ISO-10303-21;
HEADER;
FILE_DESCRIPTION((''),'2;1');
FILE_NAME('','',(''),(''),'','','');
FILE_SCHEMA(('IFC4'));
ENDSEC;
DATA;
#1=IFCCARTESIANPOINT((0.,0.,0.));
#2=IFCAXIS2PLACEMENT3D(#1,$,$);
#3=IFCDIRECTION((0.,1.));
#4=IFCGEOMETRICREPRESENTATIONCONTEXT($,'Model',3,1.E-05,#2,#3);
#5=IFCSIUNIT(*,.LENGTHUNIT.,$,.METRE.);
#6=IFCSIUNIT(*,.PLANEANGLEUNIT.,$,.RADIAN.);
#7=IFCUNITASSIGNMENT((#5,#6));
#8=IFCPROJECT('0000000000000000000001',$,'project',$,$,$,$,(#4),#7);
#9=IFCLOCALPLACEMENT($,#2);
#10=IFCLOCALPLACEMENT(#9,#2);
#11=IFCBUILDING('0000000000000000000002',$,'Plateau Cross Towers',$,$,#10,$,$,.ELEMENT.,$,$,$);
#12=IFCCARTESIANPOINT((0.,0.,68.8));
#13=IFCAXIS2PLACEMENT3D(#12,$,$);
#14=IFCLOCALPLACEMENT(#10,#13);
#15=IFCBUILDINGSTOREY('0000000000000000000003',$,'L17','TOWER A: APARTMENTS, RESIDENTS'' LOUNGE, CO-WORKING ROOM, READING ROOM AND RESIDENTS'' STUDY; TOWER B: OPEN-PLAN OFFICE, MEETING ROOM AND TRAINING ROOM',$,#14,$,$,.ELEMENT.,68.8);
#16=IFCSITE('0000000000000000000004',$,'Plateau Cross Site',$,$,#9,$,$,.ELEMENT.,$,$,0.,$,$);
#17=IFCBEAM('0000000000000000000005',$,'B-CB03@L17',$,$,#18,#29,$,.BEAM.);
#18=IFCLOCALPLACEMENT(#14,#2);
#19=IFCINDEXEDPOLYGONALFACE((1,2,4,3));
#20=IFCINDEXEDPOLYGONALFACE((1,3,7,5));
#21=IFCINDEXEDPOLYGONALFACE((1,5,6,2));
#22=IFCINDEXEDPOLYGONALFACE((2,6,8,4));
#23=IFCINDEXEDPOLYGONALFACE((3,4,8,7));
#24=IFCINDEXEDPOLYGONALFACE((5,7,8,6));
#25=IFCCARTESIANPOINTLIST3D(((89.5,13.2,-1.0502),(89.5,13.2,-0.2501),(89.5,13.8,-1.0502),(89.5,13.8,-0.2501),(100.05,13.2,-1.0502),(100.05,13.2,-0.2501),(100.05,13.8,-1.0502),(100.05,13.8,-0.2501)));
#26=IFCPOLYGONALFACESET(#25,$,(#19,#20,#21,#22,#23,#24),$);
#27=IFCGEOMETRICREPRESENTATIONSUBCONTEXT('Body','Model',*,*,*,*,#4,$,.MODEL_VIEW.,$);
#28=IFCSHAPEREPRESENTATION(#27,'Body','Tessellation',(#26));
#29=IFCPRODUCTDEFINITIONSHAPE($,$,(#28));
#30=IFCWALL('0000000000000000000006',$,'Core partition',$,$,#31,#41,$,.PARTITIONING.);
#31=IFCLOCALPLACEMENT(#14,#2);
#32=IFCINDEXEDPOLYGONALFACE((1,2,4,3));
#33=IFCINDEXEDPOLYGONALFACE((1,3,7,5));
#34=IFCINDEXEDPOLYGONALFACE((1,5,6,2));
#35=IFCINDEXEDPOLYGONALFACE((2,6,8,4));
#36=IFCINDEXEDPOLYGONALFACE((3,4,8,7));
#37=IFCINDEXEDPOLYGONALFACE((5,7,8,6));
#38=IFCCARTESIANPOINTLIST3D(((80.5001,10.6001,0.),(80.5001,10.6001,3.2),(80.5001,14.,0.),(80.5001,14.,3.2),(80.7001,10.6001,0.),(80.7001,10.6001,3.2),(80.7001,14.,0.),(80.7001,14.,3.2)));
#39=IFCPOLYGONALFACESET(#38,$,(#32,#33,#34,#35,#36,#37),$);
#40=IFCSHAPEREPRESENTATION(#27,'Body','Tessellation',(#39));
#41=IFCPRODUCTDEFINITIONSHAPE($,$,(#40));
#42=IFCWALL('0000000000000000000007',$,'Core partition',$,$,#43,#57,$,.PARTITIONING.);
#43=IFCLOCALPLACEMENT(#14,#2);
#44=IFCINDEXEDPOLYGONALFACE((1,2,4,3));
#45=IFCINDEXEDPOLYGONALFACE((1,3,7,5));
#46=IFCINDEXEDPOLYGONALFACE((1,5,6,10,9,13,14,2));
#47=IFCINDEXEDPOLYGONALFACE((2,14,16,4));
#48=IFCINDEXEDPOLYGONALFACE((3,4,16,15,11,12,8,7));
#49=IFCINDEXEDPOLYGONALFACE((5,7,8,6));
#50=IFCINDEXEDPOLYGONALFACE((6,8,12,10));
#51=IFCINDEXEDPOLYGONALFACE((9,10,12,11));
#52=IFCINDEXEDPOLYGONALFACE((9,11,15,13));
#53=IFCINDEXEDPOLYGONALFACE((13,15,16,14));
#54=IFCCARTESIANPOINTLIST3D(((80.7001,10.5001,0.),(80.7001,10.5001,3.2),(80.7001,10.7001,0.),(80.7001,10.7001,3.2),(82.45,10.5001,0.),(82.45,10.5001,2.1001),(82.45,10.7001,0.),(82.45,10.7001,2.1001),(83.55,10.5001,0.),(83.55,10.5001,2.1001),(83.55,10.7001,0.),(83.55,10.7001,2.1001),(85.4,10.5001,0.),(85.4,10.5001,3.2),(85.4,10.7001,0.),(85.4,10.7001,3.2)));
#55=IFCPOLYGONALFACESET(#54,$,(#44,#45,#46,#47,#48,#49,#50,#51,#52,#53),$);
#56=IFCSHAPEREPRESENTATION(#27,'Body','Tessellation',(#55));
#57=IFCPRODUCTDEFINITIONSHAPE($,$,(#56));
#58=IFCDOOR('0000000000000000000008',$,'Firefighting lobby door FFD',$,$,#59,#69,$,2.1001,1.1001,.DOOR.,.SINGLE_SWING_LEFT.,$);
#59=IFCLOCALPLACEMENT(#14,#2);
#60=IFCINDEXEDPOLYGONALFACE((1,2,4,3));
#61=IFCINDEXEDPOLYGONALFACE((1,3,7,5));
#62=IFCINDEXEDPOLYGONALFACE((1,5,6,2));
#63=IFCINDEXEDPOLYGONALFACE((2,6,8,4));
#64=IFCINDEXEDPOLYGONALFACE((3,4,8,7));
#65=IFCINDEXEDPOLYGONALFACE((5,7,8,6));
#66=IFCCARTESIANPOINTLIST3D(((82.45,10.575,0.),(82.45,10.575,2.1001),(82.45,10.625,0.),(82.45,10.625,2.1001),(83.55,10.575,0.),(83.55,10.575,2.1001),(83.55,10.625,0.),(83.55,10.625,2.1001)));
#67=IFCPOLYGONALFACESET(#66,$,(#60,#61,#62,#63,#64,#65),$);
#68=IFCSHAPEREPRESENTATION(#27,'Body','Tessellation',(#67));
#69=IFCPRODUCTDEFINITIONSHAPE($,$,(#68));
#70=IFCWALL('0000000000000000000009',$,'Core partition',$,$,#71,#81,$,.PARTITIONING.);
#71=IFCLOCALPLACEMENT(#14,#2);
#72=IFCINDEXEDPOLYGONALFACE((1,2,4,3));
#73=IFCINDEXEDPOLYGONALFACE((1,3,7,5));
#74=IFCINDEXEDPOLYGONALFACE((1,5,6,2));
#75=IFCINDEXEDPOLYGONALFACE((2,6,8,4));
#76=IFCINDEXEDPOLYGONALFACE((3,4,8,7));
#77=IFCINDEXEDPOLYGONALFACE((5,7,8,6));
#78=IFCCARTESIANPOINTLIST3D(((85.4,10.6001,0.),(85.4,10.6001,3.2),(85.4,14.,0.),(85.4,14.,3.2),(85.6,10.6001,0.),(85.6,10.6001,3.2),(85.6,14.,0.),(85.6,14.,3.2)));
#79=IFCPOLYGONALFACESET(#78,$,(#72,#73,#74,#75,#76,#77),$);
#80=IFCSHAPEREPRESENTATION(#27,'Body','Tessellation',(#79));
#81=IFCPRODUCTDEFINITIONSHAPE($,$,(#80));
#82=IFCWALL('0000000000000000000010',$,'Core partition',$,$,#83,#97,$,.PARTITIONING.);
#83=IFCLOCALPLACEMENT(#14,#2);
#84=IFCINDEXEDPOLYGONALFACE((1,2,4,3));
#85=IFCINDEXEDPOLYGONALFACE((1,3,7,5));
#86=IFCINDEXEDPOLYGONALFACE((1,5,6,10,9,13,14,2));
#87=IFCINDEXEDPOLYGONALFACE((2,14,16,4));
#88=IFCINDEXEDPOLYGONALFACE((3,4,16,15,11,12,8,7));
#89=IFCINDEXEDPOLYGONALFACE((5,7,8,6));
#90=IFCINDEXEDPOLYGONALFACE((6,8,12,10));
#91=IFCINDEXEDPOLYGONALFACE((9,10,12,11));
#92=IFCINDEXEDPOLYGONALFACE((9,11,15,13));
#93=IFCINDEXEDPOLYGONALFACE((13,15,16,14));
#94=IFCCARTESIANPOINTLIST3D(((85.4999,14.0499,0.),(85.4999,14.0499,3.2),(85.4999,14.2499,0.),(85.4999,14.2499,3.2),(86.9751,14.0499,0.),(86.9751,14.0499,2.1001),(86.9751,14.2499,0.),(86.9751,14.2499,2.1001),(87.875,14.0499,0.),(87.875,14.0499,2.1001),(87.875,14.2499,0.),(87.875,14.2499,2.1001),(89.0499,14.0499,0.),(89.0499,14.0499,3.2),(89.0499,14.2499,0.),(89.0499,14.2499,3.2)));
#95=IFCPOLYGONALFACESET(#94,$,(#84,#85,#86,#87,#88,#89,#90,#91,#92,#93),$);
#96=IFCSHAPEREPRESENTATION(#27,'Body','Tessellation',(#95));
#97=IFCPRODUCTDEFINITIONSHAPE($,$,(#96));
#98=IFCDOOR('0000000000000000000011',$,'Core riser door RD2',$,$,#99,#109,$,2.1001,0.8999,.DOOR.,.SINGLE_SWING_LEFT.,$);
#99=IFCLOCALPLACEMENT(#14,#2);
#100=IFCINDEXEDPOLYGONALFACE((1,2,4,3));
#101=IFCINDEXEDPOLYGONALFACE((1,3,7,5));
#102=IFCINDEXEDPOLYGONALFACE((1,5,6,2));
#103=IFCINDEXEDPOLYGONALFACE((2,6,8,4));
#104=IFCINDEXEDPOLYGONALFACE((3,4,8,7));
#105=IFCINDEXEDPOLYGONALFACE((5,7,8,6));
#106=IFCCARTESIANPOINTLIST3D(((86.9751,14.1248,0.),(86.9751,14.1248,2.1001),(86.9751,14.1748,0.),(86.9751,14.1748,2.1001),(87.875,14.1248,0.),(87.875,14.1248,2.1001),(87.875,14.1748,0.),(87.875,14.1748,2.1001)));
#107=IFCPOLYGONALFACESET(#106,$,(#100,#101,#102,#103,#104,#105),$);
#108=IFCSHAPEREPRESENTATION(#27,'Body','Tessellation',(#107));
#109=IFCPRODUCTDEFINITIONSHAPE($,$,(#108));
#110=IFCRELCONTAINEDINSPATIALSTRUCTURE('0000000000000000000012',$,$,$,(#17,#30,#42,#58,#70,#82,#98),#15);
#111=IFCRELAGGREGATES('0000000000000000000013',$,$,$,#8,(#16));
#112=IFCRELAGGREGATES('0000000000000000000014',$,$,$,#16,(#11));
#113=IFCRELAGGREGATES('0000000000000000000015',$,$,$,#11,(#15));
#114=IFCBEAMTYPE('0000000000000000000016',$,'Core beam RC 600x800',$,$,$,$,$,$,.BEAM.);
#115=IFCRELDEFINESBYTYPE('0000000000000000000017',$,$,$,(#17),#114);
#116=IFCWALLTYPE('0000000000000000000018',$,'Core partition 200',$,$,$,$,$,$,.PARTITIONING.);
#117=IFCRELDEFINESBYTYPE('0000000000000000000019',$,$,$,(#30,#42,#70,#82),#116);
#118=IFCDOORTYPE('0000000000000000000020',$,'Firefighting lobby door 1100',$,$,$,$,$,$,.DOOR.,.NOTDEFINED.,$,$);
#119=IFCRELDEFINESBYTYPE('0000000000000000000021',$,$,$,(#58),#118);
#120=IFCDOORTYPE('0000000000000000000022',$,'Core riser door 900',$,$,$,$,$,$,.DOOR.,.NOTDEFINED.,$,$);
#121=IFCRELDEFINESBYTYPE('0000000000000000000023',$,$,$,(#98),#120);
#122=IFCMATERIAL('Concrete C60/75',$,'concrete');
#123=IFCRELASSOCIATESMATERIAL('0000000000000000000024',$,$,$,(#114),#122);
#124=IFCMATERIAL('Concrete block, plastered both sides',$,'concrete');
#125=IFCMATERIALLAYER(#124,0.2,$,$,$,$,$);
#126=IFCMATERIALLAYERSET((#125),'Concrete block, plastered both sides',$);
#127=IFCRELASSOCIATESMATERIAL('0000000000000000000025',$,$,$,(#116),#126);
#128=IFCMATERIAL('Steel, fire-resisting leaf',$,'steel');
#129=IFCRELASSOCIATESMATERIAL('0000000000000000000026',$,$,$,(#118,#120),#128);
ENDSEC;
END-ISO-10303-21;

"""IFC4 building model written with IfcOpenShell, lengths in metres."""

from ifc_helpers import new_model, si_unit, direction, frame, frame_2d, origin, origin_2d, place, context, subcontext, project, spatial, rectangle, extrude, material, layer, layer_set, material_profile, profile_set, type_object, element, fill, save


model = new_model("IFC4")

# Units and contexts
model_context = context("Model", 3, precision=1e-05, world=origin(), true_north=direction((0.0, 1.0)))
body_context = subcontext(model_context, "Body", "Model", "MODEL_VIEW")
ifc_project = project(units=[si_unit("LENGTHUNIT", "METRE"), si_unit("PLANEANGLEUNIT", "RADIAN")], contexts=[model_context])

# Site, building, storey
site_placement = place(None, origin())
site = spatial("IfcSite", under=ifc_project, at=site_placement, Name="Plateau Cross Site", CompositionType="ELEMENT", RefElevation=0.0)
building_placement = place(site_placement, origin())
building = spatial("IfcBuilding", under=site, at=building_placement, Name="Plateau Cross Towers", CompositionType="ELEMENT")
storey_placement = place(building_placement, frame((0.0, 0.0, 68.8)))
storey = spatial("IfcBuildingStorey", under=building, at=storey_placement, Name="L17", Description="TOWER A: APARTMENTS, RESIDENTS' LOUNGE, CO-WORKING ROOM, READING ROOM AND RESIDENTS' STUDY; TOWER B: OPEN-PLAN OFFICE, MEETING ROOM AND TRAINING ROOM", CompositionType="ELEMENT", Elevation=68.8)

# Beam
ifc_material_1 = material(Name="Concrete C60/75", Category="concrete")
ifc_material_profile = material_profile(ifc_material_1, rectangle(XDim=0.6001, YDim=0.8, at=origin_2d()), Name="RC 600x800")
ifc_profile_set = profile_set([ifc_material_profile], Name="Concrete C60/75")
beam_type = type_object("IfcBeamType", Name="Core beam RC 600x800", PredefinedType="BEAM", material=ifc_profile_set)
beam_placement = place(storey_placement, frame((89.5, 13.5, -0.6501), z_axis=(1.0, 0.0, 0.0), x_axis=(0.0, 1.0, 0.0)))
element("IfcBeam", 1, at=beam_placement, inside=storey, type_object=beam_type, Name="B-CB03@L17", PredefinedType="BEAM", context=body_context, shape_type="SweptSolid", body=[
    extrude(rectangle(XDim=0.6001, YDim=0.8, at=origin_2d()), origin(), (0.0, 0.0, 1.0), 10.55),
])

# Wall
ifc_material_2 = material(Name="Concrete block, plastered both sides", Category="concrete")
ifc_layer_1 = layer(ifc_material_2, 0.2)
ifc_layer_set_1 = layer_set([ifc_layer_1], Name="Concrete block, plastered both sides")
wall_type_1 = type_object("IfcWallType", Name="Core partition 200", PredefinedType="PARTITIONING", material=ifc_layer_set_1)
wall_1_placement = place(storey_placement, frame((80.6001, 10.6001, 0.0), z_axis=(0.0, 0.0, 1.0), x_axis=(0.0, 1.0, 0.0)))
element("IfcWall", 2, at=wall_1_placement, inside=storey, type_object=wall_type_1, Name="Core partition", PredefinedType="PARTITIONING", context=body_context, shape_type="SweptSolid", body=[
    extrude(rectangle(XDim=3.3999, YDim=0.2, at=frame_2d((1.7, 0.0))), origin(), (0.0, 0.0, 1.0), 3.2),
])

# Wall, opening, door
wall_2_placement = place(storey_placement, frame((80.7, 10.6001, 0.0), z_axis=(0.0, 0.0, 1.0), x_axis=(1.0, 0.0, 0.0)))
wall_2 = element("IfcWall", 3, at=wall_2_placement, inside=storey, type_object=wall_type_1, Name="Core partition", PredefinedType="PARTITIONING", context=body_context, shape_type="SweptSolid", body=[
    extrude(rectangle(XDim=4.7, YDim=0.2, at=frame_2d((2.3501, 0.0))), origin(), (0.0, 0.0, 1.0), 3.2),
])
opening_1_placement = place(wall_2_placement, frame((1.75, 0.0, 0.0)))
opening_1 = element("IfcOpeningElement", 4, at=opening_1_placement, cuts=wall_2, PredefinedType="OPENING", context=body_context, shape_type="SweptSolid", body=[
    extrude(rectangle(XDim=1.1001, YDim=2.1001, at=frame_2d((0.55, 1.05))), frame((0.0, 0.1099, 0.0), z_axis=(0.0, -1.0, 0.0), x_axis=(1.0, 0.0, 0.0)), (0.0, 0.0, 1.0), 0.22),
])
ifc_material_3 = material(Name="Steel, fire-resisting leaf", Category="steel")
door_type_1 = type_object("IfcDoorType", Name="Firefighting lobby door 1100", OperationType="NOTDEFINED", PredefinedType="DOOR", material=ifc_material_3)
door_1_placement = place(opening_1_placement, origin())
door_1 = element("IfcDoor", 5, at=door_1_placement, inside=storey, type_object=door_type_1, Name="Firefighting lobby door FFD", OperationType="SINGLE_SWING_LEFT", OverallHeight=2.1001, OverallWidth=1.1001, PredefinedType="DOOR", context=body_context, shape_type="SweptSolid", body=[
    extrude(rectangle(XDim=1.1001, YDim=2.1001, at=frame_2d((0.55, 1.05))), frame((0.0, 0.0249, 0.0), z_axis=(0.0, -1.0, 0.0), x_axis=(1.0, 0.0, 0.0)), (0.0, 0.0, 1.0), 0.05),
])
fill(opening_1, door_1)

# Wall
wall_3_placement = place(storey_placement, frame((85.5, 10.6001, 0.0), z_axis=(0.0, 0.0, 1.0), x_axis=(0.0, 1.0, 0.0)))
element("IfcWall", 6, at=wall_3_placement, inside=storey, type_object=wall_type_1, Name="Core partition", PredefinedType="PARTITIONING", context=body_context, shape_type="SweptSolid", body=[
    extrude(rectangle(XDim=3.3999, YDim=0.2, at=frame_2d((1.7, 0.0))), origin(), (0.0, 0.0, 1.0), 3.2),
])

# Wall, opening, door
wall_4_placement = place(storey_placement, frame((85.5, 14.1499, 0.0), z_axis=(0.0, 0.0, 1.0), x_axis=(1.0, 0.0, 0.0)))
wall_4 = element("IfcWall", 7, at=wall_4_placement, inside=storey, type_object=wall_type_1, Name="Core partition", PredefinedType="PARTITIONING", context=body_context, shape_type="SweptSolid", body=[
    extrude(rectangle(XDim=3.55, YDim=0.2, at=frame_2d((1.7749, 0.0))), origin(), (0.0, 0.0, 1.0), 3.2),
])
opening_2_placement = place(wall_4_placement, frame((1.4751, 0.0, 0.0)))
opening_2 = element("IfcOpeningElement", 8, at=opening_2_placement, cuts=wall_4, PredefinedType="OPENING", context=body_context, shape_type="SweptSolid", body=[
    extrude(rectangle(XDim=0.8999, YDim=2.1001, at=frame_2d((0.45, 1.05))), frame((0.0, 0.1099, 0.0), z_axis=(0.0, -1.0, 0.0), x_axis=(1.0, 0.0, 0.0)), (0.0, 0.0, 1.0), 0.22),
])
door_type_2 = type_object("IfcDoorType", Name="Core riser door 900", OperationType="NOTDEFINED", PredefinedType="DOOR", material=ifc_material_3)
door_2_placement = place(opening_2_placement, origin())
door_2 = element("IfcDoor", 9, at=door_2_placement, inside=storey, type_object=door_type_2, Name="Core riser door RD2", OperationType="SINGLE_SWING_LEFT", OverallHeight=2.1001, OverallWidth=0.8999, PredefinedType="DOOR", context=body_context, shape_type="SweptSolid", body=[
    extrude(rectangle(XDim=0.8999, YDim=2.1001, at=frame_2d((0.45, 1.05))), frame((0.0, 0.0249, 0.0), z_axis=(0.0, -1.0, 0.0), x_axis=(1.0, 0.0, 0.0)), (0.0, 0.0, 1.0), 0.05),
])
fill(opening_2, door_2)

save(model, "model.ifc")
